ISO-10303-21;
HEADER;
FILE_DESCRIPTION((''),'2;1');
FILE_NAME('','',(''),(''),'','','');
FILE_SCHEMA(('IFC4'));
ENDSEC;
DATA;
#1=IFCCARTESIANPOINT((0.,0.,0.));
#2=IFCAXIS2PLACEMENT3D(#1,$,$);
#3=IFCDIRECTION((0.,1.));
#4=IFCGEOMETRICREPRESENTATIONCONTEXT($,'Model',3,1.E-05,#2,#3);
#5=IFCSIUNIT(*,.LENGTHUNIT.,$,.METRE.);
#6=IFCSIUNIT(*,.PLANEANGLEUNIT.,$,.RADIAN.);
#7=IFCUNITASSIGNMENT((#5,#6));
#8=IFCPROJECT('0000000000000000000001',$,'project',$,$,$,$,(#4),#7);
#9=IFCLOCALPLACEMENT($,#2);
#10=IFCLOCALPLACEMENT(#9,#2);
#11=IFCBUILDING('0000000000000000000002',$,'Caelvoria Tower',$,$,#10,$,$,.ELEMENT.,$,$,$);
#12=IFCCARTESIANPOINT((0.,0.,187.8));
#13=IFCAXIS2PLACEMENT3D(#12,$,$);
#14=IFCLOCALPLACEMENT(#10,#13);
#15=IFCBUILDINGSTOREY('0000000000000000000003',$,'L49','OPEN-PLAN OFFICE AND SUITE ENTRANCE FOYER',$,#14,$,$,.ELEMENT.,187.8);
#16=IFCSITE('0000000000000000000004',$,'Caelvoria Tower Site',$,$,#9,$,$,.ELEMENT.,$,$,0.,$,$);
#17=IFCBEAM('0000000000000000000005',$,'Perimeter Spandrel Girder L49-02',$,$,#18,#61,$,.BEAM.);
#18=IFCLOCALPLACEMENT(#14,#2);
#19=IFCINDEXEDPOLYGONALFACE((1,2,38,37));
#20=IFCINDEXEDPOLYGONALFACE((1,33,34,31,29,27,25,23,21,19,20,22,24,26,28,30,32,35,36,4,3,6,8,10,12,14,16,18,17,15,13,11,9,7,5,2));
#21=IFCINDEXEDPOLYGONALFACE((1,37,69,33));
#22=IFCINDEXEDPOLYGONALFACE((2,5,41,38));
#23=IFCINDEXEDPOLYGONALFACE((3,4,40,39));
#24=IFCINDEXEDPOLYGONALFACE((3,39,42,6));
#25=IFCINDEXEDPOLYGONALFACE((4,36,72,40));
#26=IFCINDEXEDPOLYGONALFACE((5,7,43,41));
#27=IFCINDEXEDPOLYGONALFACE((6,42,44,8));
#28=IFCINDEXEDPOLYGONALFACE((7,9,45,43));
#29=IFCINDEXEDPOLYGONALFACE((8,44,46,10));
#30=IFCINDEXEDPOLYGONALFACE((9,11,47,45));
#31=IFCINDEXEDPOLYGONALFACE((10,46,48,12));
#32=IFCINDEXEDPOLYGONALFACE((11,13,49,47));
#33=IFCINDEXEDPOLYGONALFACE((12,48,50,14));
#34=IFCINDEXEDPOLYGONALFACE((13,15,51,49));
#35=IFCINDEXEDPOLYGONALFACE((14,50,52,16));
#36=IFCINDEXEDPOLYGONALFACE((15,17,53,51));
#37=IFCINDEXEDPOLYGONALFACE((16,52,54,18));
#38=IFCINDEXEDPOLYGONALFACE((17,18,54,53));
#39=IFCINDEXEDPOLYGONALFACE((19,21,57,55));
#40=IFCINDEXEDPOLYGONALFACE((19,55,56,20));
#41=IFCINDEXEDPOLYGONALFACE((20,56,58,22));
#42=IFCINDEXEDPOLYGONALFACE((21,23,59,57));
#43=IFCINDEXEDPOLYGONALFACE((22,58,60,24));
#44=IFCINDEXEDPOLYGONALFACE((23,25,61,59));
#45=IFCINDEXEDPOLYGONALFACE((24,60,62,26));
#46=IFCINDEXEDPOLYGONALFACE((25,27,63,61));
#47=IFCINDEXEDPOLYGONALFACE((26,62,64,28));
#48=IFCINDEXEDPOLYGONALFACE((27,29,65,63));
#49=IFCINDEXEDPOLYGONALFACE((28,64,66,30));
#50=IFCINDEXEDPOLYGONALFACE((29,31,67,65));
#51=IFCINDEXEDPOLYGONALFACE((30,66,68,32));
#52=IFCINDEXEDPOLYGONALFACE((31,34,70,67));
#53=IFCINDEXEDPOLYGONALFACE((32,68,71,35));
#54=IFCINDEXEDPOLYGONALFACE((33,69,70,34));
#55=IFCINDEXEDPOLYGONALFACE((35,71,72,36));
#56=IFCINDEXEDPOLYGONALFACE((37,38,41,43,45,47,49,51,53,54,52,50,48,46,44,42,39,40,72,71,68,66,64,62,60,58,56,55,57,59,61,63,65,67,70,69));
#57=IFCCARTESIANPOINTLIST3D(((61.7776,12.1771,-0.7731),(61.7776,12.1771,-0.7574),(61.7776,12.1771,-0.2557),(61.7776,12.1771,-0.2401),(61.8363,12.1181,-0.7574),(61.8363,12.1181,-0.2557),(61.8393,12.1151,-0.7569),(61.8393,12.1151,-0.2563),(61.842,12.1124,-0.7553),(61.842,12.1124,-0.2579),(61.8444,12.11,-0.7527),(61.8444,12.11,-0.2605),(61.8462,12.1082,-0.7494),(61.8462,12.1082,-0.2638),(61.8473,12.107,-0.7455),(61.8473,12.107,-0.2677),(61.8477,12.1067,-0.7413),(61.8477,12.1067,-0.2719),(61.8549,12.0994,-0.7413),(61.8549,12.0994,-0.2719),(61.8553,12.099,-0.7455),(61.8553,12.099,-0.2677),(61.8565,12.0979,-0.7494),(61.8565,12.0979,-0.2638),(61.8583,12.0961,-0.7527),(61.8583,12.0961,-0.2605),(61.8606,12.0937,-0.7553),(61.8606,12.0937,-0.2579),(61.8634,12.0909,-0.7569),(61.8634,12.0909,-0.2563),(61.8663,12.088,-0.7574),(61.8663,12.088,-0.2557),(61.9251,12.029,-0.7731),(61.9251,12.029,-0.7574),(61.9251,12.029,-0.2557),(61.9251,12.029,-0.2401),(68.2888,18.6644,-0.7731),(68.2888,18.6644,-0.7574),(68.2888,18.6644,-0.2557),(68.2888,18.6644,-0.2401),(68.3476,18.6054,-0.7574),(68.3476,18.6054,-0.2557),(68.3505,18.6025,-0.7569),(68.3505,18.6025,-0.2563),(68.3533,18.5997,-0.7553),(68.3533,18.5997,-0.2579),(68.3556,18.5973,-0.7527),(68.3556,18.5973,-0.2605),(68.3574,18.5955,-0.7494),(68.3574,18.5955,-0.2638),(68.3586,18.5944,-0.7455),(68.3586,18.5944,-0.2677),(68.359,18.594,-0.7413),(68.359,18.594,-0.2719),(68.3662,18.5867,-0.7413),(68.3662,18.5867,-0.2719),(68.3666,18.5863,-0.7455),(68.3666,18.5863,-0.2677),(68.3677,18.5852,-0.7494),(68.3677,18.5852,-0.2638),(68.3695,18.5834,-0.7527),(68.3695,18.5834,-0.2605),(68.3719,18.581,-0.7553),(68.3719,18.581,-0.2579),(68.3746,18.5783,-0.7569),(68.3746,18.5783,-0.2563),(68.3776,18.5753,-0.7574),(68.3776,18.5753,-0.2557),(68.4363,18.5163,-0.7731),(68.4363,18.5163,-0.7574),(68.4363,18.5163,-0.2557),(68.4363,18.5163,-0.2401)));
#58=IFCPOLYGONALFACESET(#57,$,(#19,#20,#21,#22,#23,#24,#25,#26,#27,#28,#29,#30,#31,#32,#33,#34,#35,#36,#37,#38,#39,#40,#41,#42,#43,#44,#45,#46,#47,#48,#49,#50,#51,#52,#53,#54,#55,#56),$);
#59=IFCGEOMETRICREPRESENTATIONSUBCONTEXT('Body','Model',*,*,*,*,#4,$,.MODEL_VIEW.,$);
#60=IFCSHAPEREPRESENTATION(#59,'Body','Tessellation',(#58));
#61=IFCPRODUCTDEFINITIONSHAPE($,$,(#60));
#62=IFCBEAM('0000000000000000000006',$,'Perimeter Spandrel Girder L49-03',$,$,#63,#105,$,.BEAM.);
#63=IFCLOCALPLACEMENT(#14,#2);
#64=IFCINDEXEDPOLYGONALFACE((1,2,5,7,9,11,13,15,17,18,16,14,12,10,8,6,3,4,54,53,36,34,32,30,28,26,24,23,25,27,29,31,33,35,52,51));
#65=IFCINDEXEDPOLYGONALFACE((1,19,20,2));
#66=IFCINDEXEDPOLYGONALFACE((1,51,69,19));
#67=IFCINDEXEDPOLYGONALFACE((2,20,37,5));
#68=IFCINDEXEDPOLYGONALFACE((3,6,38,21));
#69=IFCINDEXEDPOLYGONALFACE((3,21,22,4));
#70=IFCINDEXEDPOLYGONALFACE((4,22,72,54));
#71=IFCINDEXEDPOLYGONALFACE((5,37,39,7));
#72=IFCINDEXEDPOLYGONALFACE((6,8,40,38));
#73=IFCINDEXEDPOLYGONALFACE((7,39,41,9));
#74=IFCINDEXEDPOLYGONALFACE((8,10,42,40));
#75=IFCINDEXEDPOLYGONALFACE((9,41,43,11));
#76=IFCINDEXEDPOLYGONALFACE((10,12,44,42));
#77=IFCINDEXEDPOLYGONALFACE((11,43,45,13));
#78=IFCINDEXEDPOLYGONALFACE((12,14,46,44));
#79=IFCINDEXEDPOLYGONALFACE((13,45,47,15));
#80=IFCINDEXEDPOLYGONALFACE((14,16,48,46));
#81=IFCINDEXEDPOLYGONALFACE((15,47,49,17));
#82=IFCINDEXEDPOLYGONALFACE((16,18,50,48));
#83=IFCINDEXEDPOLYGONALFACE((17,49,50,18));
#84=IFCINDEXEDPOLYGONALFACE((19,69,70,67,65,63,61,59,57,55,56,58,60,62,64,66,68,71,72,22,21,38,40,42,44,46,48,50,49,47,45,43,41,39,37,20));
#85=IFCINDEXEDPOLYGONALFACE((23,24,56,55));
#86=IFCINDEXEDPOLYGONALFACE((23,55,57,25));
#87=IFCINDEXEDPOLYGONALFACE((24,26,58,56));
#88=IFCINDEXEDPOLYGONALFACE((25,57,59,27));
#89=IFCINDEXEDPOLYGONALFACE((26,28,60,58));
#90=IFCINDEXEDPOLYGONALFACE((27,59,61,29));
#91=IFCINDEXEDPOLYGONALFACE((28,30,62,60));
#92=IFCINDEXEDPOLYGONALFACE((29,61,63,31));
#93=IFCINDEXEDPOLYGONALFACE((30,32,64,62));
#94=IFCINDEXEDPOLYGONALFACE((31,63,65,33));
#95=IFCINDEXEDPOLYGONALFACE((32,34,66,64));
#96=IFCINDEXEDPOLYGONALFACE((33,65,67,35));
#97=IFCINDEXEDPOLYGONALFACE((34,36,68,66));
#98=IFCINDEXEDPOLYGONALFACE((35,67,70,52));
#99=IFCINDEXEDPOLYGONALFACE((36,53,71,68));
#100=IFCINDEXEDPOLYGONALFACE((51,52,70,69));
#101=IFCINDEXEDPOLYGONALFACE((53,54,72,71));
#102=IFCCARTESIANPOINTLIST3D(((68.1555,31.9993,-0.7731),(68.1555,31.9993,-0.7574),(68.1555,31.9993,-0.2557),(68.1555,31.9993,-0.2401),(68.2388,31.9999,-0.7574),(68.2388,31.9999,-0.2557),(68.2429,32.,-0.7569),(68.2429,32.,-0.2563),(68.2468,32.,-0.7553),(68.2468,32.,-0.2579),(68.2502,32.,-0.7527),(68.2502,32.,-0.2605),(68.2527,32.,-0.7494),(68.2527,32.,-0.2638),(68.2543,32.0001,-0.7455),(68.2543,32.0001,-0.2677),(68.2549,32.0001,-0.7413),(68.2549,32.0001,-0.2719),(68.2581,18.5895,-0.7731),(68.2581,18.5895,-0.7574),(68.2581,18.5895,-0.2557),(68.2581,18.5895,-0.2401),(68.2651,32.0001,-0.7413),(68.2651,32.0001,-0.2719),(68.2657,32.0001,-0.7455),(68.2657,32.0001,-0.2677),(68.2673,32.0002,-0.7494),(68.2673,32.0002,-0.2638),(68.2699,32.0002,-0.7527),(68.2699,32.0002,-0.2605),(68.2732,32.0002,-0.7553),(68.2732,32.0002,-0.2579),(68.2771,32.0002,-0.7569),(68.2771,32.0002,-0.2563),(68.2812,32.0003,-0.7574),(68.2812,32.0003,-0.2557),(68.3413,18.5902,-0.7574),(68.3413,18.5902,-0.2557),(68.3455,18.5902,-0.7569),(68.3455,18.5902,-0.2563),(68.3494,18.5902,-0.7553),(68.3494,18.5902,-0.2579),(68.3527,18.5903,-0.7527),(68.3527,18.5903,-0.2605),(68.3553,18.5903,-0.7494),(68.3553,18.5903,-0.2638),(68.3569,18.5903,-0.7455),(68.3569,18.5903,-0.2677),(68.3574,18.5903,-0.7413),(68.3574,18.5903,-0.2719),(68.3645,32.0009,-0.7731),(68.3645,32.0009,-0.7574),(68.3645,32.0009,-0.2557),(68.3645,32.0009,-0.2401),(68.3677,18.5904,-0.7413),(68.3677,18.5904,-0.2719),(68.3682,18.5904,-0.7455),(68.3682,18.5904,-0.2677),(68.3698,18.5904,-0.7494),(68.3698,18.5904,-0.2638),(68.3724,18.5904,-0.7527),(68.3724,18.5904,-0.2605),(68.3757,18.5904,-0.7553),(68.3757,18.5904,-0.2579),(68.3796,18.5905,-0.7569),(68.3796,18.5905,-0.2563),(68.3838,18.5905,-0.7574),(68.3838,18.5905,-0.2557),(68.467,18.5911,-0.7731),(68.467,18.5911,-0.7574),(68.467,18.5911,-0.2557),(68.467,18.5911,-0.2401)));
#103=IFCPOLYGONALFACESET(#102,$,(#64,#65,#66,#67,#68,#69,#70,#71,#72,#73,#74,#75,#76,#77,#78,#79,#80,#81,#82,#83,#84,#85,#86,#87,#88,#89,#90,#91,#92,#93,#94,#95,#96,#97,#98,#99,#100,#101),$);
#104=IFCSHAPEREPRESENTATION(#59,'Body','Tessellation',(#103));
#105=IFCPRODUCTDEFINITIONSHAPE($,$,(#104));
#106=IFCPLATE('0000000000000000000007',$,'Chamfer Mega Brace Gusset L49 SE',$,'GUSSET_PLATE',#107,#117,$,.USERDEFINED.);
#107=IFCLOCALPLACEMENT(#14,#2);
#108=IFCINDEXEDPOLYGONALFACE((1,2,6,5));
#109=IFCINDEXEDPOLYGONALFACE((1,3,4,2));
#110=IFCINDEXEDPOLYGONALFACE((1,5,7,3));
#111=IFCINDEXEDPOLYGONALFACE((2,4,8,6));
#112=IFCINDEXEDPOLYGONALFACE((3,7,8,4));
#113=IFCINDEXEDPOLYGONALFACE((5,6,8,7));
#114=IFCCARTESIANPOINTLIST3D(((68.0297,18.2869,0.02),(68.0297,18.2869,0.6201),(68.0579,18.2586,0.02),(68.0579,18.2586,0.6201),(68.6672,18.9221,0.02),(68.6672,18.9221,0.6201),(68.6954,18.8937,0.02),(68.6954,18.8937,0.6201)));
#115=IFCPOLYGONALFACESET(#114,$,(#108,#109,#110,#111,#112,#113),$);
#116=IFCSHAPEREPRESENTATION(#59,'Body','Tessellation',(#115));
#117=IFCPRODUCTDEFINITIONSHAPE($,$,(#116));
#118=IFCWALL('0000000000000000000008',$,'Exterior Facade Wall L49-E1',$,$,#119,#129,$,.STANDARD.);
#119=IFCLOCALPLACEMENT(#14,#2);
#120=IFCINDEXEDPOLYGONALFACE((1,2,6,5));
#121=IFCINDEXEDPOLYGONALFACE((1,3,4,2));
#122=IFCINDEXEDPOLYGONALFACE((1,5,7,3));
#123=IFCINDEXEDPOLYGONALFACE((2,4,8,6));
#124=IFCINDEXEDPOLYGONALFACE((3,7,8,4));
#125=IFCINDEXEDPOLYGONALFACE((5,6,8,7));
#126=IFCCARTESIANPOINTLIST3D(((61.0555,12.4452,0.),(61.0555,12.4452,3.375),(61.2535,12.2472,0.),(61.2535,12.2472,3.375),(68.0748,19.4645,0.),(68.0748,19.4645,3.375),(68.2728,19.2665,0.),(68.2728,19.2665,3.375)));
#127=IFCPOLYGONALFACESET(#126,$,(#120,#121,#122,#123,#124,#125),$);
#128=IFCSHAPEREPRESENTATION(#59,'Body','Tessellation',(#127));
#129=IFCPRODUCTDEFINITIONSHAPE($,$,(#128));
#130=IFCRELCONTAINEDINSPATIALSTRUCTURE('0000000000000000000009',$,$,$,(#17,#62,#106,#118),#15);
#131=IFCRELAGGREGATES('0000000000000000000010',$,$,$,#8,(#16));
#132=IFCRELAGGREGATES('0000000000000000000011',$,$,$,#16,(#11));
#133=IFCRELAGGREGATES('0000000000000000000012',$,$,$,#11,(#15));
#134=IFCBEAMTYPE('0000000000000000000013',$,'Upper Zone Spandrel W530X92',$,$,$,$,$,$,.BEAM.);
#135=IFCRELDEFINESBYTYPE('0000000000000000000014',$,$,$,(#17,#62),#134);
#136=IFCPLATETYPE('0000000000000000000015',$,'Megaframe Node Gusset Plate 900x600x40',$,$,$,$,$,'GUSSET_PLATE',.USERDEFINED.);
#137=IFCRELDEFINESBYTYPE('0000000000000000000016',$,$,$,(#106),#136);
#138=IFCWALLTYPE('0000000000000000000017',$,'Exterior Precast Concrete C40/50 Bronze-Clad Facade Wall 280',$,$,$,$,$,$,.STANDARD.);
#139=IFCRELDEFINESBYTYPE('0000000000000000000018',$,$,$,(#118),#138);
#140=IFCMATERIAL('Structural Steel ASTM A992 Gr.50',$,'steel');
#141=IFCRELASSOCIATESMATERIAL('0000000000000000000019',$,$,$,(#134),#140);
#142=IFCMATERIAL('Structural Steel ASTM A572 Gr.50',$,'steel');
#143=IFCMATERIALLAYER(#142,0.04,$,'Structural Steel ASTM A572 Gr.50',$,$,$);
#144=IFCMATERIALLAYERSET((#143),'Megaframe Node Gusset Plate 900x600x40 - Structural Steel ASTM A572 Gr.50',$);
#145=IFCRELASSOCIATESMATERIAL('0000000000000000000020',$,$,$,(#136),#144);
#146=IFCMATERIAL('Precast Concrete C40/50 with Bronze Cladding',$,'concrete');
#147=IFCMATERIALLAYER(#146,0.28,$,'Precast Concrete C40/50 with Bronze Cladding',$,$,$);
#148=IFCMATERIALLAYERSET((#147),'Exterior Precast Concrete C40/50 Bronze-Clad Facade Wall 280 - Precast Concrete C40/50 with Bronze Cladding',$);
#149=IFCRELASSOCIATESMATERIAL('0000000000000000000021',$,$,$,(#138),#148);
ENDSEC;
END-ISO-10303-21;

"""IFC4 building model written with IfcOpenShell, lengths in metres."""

from ifc_helpers import new_model, si_unit, direction, frame, frame_2d, origin, origin_2d, place, context, subcontext, project, spatial, rectangle, i_section, extrude, material, layer, layer_set, material_profile, profile_set, type_object, element, save


model = new_model("IFC4")

# Units and contexts
model_context = context("Model", 3, precision=1e-05, world=origin(), true_north=direction((0.0, 1.0)))
body_context = subcontext(model_context, "Body", "Model", "MODEL_VIEW")
ifc_project = project(units=[si_unit("LENGTHUNIT", "METRE"), si_unit("PLANEANGLEUNIT", "RADIAN")], contexts=[model_context])

# Site, building, storey
site_placement = place(None, origin())
site = spatial("IfcSite", under=ifc_project, at=site_placement, Name="Caelvoria Tower Site", CompositionType="ELEMENT", RefElevation=0.0)
building_placement = place(site_placement, origin())
building = spatial("IfcBuilding", under=site, at=building_placement, Name="Caelvoria Tower", CompositionType="ELEMENT")
storey_placement = place(building_placement, frame((0.0, 0.0, 187.8)))
storey = spatial("IfcBuildingStorey", under=building, at=storey_placement, Name="L49", Description="OPEN-PLAN OFFICE AND SUITE ENTRANCE FOYER", CompositionType="ELEMENT", Elevation=187.8)

# Shared definitions
ifc_material_1 = material(Name="Structural Steel ASTM A572 Gr.50", Category="steel")

# Shared definitions
ifc_material_2 = material(Name="Structural Steel ASTM A992 Gr.50", Category="steel")

# Beams
ifc_material_profile_1 = material_profile(ifc_material_2, i_section(OverallWidth=0.209, OverallDepth=0.533, WebThickness=0.0103, FlangeThickness=0.0156, FilletRadius=0.0161, at=origin_2d()), Name="Structural Steel ASTM A992 Gr.50")
ifc_profile_set_1 = profile_set([ifc_material_profile_1], Name="W530X92 - Structural Steel ASTM A992 Gr.50")
beam_type_1 = type_object("IfcBeamType", Name="Upper Zone Spandrel W530X92", PredefinedType="BEAM", material=ifc_profile_set_1)
beam_1_placement = place(storey_placement, frame((61.8513, 12.103, -0.5066), z_axis=(0.708407, 0.705804, 0.0), x_axis=(-0.705804, 0.708407, 0.0)))
element("IfcBeam", 1, at=beam_1_placement, inside=storey, type_object=beam_type_1, Name="Perimeter Spandrel Girder L49-02", PredefinedType="BEAM", context=body_context, shape_type="SweptSolid", body=[
    extrude(i_section(OverallWidth=0.209, OverallDepth=0.533, WebThickness=0.0103, FlangeThickness=0.0156, FilletRadius=0.0161, at=origin_2d()), origin(), (0.0, 0.0, 1.0), 9.1914),
])
beam_2_placement = place(storey_placement, frame((68.3625, 18.5903, -0.5066), z_axis=(-0.007646, 0.999971, 0.0), x_axis=(-0.999971, -0.007646, 0.0)))
element("IfcBeam", 2, at=beam_2_placement, inside=storey, type_object=beam_type_1, Name="Perimeter Spandrel Girder L49-03", PredefinedType="BEAM", context=body_context, shape_type="SweptSolid", body=[
    extrude(i_section(OverallWidth=0.209, OverallDepth=0.533, WebThickness=0.0103, FlangeThickness=0.0156, FilletRadius=0.0161, at=origin_2d()), origin(), (0.0, 0.0, 1.0), 13.4102),
])

# Plate
ifc_layer_1 = layer(ifc_material_1, 0.04, Name="Structural Steel ASTM A572 Gr.50")
ifc_layer_set_1 = layer_set([ifc_layer_1], Name="Megaframe Node Gusset Plate 900x600x40 - Structural Steel ASTM A572 Gr.50")
plate_type = type_object("IfcPlateType", Name="Megaframe Node Gusset Plate 900x600x40", ElementType="GUSSET_PLATE", PredefinedType="USERDEFINED", material=ifc_layer_set_1)
plate_placement = place(storey_placement, frame((68.3625, 18.5903, 0.02), z_axis=(0.0, 0.0, 1.0), x_axis=(-0.708405, -0.705806, 0.0)))
element("IfcPlate", 3, at=plate_placement, inside=storey, type_object=plate_type, Name="Chamfer Mega Brace Gusset L49 SE", ObjectType="GUSSET_PLATE", PredefinedType="USERDEFINED", context=body_context, shape_type="SweptSolid", body=[
    extrude(rectangle(XDim=0.8999, YDim=0.04, at=origin_2d()), origin(), (0.0, 0.0, 1.0), 0.6001),
])

# Wall
ifc_material_3 = material(Name="Precast Concrete C40/50 with Bronze Cladding", Category="concrete")
ifc_layer_2 = layer(ifc_material_3, 0.28, Name="Precast Concrete C40/50 with Bronze Cladding")
ifc_layer_set_2 = layer_set([ifc_layer_2], Name="Exterior Precast Concrete C40/50 Bronze-Clad Facade Wall 280 - Precast Concrete C40/50 with Bronze Cladding")
wall_type_1 = type_object("IfcWallType", Name="Exterior Precast Concrete C40/50 Bronze-Clad Facade Wall 280", PredefinedType="STANDARD", material=ifc_layer_set_2)
wall_1_placement = place(storey_placement, frame((61.1545, 12.3462, 0.0), z_axis=(0.0, 0.0, 1.0), x_axis=(0.707107, 0.707107, 0.0)))
element("IfcWall", 4, at=wall_1_placement, inside=storey, type_object=wall_type_1, Name="Exterior Facade Wall L49-E1", PredefinedType="STANDARD", context=body_context, shape_type="SweptSolid", body=[
    extrude(rectangle(XDim=9.9268, YDim=0.28, at=frame_2d((4.9634, 0.0))), origin(), (0.0, 0.0, 1.0), 3.375),
])

save(model, "model.ifc")
